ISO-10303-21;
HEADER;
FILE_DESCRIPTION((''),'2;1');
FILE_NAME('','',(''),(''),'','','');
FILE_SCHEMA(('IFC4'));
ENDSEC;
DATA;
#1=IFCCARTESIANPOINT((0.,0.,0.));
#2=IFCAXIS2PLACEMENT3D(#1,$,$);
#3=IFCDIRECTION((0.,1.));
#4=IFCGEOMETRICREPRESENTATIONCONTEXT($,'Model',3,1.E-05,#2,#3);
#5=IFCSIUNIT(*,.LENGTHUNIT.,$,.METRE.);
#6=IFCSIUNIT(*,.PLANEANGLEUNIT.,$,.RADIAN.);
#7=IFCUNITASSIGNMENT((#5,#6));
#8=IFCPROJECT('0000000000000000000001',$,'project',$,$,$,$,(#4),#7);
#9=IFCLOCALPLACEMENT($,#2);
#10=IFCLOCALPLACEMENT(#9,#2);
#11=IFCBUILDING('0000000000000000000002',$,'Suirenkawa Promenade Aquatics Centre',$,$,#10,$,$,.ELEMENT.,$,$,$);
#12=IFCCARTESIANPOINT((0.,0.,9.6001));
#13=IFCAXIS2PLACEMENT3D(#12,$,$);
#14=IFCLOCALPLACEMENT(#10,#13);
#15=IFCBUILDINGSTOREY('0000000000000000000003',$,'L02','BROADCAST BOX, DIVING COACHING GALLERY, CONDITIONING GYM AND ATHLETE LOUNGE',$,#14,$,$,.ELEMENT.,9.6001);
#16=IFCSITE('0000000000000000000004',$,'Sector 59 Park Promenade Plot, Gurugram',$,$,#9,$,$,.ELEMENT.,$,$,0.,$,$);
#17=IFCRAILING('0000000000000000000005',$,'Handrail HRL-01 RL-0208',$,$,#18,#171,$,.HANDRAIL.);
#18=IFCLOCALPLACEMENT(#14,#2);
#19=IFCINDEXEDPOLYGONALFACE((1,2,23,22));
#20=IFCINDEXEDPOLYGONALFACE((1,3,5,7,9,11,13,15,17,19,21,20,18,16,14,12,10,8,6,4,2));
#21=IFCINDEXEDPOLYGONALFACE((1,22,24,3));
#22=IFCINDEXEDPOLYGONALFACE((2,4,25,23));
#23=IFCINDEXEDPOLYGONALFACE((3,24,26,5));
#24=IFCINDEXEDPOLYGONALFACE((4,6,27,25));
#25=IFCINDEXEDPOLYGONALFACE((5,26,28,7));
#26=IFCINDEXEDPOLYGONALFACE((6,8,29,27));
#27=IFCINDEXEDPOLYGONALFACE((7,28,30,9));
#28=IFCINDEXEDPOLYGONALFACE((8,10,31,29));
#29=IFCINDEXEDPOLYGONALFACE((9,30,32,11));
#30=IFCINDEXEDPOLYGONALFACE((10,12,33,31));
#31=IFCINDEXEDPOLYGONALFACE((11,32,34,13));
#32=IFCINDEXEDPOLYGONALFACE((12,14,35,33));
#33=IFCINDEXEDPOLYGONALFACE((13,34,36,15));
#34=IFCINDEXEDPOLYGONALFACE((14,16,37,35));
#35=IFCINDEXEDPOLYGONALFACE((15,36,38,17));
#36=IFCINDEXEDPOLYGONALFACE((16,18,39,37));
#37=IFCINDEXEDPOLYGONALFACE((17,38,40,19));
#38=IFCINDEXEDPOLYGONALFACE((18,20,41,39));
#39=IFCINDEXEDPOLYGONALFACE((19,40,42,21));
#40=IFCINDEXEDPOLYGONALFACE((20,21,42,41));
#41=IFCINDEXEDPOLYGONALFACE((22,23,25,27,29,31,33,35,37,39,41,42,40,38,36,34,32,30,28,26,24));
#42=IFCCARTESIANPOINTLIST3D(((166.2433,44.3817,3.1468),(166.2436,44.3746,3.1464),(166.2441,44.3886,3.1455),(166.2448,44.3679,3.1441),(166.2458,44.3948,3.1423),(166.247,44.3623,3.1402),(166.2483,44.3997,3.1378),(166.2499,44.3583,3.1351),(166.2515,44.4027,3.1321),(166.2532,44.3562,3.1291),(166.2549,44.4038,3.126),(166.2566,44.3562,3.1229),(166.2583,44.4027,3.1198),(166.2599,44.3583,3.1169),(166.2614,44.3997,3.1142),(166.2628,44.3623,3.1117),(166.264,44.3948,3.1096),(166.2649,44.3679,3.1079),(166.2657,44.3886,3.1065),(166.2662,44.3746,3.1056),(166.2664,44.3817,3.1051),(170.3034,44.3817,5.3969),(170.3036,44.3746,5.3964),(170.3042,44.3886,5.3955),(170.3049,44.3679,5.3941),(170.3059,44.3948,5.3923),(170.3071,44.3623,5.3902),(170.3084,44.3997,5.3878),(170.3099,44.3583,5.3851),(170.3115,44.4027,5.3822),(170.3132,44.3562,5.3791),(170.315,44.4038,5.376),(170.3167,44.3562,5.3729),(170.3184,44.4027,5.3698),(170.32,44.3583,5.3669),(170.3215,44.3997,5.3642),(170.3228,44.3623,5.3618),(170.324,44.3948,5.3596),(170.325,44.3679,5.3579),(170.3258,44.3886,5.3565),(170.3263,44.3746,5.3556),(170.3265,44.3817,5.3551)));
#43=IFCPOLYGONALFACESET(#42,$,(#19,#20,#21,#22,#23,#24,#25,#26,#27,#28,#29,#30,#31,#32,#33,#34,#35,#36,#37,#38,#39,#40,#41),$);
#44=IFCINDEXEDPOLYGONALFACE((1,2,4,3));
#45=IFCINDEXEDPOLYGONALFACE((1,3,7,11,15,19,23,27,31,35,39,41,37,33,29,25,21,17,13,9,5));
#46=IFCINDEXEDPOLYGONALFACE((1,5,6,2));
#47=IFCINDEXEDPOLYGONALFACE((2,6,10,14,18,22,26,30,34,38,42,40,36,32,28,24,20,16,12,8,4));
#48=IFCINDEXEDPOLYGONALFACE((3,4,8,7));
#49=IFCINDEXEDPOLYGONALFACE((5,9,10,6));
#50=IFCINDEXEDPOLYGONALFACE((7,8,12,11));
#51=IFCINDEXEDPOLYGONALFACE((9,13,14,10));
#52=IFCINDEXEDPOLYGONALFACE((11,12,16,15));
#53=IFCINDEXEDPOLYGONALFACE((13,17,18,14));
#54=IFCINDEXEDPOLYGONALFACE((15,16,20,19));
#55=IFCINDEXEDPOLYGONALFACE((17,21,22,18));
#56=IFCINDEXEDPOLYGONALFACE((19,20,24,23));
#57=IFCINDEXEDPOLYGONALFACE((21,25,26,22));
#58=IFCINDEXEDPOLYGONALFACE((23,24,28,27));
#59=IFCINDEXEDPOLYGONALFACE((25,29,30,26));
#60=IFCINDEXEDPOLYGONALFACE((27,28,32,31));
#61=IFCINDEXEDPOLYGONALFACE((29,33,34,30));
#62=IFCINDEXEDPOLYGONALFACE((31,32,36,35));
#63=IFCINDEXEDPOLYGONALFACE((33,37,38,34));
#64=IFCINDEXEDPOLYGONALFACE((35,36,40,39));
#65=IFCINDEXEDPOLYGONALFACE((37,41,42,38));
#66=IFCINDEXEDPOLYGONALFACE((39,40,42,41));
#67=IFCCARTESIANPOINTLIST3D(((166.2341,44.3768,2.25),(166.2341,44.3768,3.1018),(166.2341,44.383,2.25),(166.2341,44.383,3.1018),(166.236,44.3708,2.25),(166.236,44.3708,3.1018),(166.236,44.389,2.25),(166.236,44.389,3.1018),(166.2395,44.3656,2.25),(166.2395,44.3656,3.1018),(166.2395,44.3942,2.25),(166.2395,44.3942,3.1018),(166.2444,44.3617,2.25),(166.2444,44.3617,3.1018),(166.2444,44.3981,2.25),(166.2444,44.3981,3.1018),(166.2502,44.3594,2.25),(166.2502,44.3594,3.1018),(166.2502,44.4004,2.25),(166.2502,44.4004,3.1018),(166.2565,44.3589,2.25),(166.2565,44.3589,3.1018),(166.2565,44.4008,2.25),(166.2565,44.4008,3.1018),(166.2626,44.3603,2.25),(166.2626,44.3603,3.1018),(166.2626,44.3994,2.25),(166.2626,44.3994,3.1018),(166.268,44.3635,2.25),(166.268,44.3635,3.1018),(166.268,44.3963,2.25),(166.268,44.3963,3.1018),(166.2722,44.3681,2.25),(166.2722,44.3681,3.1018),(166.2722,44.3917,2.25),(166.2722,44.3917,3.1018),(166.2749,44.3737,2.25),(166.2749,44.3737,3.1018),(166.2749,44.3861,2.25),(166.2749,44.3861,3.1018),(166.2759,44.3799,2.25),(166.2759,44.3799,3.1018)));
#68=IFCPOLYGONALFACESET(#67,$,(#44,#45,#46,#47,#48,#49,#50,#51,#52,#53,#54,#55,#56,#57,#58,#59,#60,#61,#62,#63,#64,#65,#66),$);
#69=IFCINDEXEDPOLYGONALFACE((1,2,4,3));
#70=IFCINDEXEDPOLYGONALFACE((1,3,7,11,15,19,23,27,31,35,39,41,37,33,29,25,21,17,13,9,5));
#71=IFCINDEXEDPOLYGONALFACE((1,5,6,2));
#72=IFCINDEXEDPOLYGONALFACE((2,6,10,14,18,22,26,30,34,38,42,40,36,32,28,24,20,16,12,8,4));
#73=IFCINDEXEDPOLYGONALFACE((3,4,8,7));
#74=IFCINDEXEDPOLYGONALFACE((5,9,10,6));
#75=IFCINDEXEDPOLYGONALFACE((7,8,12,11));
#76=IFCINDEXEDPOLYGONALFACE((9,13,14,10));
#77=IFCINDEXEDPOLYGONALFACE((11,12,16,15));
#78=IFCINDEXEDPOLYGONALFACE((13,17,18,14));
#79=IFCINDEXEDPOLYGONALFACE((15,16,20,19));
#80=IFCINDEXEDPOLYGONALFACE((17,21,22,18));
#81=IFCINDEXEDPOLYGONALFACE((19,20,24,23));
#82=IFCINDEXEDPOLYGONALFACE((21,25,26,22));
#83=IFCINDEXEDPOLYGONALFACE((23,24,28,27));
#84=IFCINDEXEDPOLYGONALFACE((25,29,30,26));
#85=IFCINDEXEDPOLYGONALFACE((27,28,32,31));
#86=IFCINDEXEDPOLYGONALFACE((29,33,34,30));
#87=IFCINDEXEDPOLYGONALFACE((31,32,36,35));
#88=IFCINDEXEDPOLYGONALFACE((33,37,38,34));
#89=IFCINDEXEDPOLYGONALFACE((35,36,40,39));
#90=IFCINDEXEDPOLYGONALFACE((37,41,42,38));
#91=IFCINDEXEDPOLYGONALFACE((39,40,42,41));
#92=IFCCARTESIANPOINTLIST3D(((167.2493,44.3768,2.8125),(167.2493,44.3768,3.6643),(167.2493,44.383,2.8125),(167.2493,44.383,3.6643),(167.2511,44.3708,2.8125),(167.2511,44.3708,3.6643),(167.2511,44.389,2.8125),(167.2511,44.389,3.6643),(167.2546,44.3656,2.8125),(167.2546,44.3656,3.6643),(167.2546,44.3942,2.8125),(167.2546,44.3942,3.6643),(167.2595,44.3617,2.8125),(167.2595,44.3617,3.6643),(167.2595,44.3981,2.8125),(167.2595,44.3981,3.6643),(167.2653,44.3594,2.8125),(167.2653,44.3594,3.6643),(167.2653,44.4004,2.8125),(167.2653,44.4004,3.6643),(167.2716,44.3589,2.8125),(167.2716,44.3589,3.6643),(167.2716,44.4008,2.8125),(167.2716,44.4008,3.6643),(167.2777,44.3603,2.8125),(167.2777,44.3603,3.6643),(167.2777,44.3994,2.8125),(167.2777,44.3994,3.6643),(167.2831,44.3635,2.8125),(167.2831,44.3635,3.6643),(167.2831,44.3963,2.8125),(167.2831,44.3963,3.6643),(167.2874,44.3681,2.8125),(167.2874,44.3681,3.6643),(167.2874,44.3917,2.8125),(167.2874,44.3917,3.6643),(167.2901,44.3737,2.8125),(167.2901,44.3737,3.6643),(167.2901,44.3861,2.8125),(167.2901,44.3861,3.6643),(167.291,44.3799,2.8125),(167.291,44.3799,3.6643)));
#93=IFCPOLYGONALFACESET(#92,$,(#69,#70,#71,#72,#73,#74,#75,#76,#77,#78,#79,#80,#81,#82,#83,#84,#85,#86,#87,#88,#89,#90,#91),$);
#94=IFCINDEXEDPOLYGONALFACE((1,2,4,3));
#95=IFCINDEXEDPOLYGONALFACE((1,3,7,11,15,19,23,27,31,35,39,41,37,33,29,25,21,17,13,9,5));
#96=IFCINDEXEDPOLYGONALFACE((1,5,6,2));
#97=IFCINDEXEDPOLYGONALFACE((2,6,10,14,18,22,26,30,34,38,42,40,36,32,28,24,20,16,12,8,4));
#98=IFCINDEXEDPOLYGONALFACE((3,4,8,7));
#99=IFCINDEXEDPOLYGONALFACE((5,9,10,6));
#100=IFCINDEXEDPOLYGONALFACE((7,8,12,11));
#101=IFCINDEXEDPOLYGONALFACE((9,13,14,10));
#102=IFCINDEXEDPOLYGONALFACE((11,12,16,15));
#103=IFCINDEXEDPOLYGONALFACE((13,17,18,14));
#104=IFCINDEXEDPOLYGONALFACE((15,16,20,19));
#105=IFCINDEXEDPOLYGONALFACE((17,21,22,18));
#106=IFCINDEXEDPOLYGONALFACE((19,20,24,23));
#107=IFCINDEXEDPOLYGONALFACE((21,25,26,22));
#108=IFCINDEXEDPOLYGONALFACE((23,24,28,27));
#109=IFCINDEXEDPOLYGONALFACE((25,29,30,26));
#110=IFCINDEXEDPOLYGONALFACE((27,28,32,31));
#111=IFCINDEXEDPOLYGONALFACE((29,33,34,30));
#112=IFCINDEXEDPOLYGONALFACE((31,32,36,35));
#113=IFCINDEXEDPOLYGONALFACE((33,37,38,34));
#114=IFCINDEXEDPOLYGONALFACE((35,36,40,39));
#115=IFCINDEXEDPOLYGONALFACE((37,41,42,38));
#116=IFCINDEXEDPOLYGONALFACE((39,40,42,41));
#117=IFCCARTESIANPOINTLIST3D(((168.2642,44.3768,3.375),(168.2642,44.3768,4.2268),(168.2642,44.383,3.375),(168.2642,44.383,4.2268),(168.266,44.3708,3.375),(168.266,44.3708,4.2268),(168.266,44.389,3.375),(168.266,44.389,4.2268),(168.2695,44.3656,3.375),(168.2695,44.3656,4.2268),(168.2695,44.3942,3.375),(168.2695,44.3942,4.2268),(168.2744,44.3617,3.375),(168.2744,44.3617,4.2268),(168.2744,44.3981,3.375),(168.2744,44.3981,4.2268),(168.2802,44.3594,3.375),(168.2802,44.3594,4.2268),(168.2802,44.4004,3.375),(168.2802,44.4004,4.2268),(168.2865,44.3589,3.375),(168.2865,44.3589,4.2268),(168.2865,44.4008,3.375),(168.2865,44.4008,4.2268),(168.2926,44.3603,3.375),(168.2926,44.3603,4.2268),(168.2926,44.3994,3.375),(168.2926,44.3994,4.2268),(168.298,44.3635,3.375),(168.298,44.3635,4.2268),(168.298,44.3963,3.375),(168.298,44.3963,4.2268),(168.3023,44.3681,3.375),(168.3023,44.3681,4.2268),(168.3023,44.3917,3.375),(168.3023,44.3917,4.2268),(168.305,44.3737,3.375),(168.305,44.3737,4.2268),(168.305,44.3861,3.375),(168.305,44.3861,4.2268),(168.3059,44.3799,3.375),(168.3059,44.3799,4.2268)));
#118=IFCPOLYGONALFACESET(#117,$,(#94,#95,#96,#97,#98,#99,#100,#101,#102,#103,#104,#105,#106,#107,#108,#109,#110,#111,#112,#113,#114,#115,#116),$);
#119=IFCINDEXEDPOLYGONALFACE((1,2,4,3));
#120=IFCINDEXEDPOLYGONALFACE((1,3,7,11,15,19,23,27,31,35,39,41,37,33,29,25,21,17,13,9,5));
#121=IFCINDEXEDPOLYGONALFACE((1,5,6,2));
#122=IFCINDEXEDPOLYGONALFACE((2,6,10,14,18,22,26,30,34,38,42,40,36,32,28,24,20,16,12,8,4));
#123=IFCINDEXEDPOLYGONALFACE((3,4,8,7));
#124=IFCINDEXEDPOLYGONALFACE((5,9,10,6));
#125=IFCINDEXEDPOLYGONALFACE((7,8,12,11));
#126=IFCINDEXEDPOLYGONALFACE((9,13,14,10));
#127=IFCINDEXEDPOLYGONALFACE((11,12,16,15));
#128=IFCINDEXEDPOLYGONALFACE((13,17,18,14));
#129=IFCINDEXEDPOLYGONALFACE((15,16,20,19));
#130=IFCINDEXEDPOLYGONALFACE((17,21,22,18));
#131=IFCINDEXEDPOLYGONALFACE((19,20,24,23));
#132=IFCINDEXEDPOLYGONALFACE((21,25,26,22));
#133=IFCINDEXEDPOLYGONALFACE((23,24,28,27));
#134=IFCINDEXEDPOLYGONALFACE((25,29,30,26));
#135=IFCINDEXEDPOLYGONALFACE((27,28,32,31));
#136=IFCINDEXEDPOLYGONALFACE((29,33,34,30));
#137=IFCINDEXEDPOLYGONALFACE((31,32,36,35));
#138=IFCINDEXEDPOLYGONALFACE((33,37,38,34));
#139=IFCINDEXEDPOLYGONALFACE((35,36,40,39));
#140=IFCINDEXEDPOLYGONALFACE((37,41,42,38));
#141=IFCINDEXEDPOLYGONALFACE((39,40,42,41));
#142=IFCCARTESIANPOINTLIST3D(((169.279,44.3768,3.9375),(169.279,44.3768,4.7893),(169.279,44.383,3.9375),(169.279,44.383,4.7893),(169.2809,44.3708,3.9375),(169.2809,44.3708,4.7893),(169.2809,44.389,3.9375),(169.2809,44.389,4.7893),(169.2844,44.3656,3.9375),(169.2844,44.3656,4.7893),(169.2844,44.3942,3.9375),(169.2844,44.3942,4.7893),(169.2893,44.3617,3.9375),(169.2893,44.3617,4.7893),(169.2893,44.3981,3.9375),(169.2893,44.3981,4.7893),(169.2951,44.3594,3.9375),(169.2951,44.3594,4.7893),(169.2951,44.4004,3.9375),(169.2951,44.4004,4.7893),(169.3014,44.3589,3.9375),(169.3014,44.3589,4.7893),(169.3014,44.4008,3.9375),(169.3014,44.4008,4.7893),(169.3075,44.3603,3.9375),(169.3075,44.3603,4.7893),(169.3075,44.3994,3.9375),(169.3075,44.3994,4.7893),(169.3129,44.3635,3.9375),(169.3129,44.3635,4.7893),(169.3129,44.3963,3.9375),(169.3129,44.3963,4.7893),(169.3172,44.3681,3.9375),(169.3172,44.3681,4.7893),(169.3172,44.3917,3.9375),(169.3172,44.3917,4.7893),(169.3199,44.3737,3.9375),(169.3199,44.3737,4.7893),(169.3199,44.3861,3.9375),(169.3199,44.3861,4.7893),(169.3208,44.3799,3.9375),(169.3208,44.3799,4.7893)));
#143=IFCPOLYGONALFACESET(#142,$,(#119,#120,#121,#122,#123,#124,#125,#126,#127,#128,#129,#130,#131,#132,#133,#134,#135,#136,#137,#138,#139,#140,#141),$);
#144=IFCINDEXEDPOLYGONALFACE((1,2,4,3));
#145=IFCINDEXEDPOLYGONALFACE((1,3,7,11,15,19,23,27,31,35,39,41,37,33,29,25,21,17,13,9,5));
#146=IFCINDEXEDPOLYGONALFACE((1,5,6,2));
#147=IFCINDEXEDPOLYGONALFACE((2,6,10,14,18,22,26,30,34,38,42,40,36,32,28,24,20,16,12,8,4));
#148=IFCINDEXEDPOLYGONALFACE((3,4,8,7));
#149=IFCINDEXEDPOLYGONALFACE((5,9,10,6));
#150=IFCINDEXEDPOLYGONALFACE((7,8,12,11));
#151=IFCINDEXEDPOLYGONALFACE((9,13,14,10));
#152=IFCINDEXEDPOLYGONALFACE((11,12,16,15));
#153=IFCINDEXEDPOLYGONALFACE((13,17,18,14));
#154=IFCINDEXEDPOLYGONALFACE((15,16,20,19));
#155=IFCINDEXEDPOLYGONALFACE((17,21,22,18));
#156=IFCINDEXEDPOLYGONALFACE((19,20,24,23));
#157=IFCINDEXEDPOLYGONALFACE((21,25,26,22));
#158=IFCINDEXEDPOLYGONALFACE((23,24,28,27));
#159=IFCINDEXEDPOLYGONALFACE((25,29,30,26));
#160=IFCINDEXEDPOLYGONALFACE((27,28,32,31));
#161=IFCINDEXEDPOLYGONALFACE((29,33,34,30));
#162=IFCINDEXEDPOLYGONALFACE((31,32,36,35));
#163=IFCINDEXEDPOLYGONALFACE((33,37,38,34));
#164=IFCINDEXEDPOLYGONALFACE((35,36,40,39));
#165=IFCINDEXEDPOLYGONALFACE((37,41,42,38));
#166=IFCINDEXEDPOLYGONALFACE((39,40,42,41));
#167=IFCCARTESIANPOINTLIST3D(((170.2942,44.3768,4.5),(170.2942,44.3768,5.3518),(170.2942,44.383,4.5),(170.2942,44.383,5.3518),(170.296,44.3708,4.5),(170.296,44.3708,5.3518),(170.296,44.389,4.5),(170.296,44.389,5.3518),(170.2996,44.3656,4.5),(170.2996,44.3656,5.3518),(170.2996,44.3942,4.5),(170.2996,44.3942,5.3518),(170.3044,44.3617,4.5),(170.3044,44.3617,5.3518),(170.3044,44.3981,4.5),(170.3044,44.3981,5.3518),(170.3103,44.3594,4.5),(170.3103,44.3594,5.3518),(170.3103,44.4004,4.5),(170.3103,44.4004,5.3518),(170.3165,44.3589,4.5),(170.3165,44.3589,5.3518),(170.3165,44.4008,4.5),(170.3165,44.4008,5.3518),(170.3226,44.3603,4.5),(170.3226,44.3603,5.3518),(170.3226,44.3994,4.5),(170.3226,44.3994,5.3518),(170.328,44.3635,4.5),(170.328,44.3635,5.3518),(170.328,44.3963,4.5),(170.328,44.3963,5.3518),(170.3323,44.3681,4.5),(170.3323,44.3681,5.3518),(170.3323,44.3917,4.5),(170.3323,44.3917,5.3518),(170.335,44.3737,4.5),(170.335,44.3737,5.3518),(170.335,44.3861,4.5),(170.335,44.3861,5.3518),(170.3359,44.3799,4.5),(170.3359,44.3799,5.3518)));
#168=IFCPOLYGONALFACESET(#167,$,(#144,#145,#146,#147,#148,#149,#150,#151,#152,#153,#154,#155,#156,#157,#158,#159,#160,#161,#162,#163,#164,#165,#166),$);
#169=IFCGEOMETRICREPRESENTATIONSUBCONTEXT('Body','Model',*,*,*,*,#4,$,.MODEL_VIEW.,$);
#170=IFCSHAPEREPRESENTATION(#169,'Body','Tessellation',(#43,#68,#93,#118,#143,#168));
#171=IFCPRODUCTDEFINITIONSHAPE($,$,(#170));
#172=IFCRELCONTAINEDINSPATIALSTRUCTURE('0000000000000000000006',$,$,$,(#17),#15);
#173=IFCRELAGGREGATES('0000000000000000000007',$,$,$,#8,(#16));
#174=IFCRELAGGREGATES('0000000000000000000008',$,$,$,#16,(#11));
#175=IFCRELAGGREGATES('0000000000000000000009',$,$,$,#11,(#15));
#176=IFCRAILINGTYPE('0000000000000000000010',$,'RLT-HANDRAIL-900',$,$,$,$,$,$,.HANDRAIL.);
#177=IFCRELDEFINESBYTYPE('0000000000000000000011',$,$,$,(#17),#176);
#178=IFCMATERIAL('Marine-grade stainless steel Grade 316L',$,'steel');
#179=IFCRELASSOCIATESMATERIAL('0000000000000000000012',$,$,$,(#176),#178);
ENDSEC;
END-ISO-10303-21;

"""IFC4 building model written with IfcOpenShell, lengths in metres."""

from ifc_helpers import new_model, si_unit, direction, frame, origin, origin_2d, place, context, subcontext, project, spatial, circle, extrude, material, type_object, element, save


model = new_model("IFC4")

# Units and contexts
model_context = context("Model", 3, precision=1e-05, world=origin(), true_north=direction((0.0, 1.0)))
body_context = subcontext(model_context, "Body", "Model", "MODEL_VIEW")
ifc_project = project(units=[si_unit("LENGTHUNIT", "METRE"), si_unit("PLANEANGLEUNIT", "RADIAN")], contexts=[model_context])

# Site, building, storey
site_placement = place(None, origin())
site = spatial("IfcSite", under=ifc_project, at=site_placement, Name="Sector 59 Park Promenade Plot, Gurugram", CompositionType="ELEMENT", RefElevation=0.0)
building_placement = place(site_placement, origin())
building = spatial("IfcBuilding", under=site, at=building_placement, Name="Suirenkawa Promenade Aquatics Centre", CompositionType="ELEMENT")
storey_placement = place(building_placement, frame((0.0, 0.0, 9.6001)))
storey = spatial("IfcBuildingStorey", under=building, at=storey_placement, Name="L02", Description="BROADCAST BOX, DIVING COACHING GALLERY, CONDITIONING GYM AND ATHLETE LOUNGE", CompositionType="ELEMENT", Elevation=9.6001)

# Railing
ifc_material_1 = material(Name="Marine-grade stainless steel Grade 316L", Category="steel")
railing_type_1 = type_object("IfcRailingType", Name="RLT-HANDRAIL-900", PredefinedType="HANDRAIL", material=ifc_material_1)
for number, where, name in (
    (1, (166.2549, 44.3799, 2.25), "Handrail HRL-01 RL-0208"),
):
    element("IfcRailing", number, at=place(storey_placement, frame(where)), inside=storey, type_object=railing_type_1, Name=name, PredefinedType="HANDRAIL", context=body_context, shape_type="SweptSolid", body=[
        extrude(circle(Radius=0.0239, at=origin_2d()), frame((0.0, 0.0, 0.876), z_axis=(0.874668, 0.0, 0.484723), x_axis=(0.0, 1.0, 0.0)), (0.0, 0.0, 1.0), 4.6418),
        extrude(circle(Radius=0.021, at=origin_2d()), origin(), (0.0, 0.0, 1.0), 0.8518),
        extrude(circle(Radius=0.021, at=origin_2d()), frame((1.0151, 0.0, 0.5625)), (0.0, 0.0, 1.0), 0.8518),
        extrude(circle(Radius=0.021, at=origin_2d()), frame((2.03, 0.0, 1.125)), (0.0, 0.0, 1.0), 0.8518),
        extrude(circle(Radius=0.021, at=origin_2d()), frame((3.0449, 0.0, 1.6875)), (0.0, 0.0, 1.0), 0.8518),
        extrude(circle(Radius=0.021, at=origin_2d()), frame((4.0601, 0.0, 2.25)), (0.0, 0.0, 1.0), 0.8518),
    ])

save(model, "model.ifc")
